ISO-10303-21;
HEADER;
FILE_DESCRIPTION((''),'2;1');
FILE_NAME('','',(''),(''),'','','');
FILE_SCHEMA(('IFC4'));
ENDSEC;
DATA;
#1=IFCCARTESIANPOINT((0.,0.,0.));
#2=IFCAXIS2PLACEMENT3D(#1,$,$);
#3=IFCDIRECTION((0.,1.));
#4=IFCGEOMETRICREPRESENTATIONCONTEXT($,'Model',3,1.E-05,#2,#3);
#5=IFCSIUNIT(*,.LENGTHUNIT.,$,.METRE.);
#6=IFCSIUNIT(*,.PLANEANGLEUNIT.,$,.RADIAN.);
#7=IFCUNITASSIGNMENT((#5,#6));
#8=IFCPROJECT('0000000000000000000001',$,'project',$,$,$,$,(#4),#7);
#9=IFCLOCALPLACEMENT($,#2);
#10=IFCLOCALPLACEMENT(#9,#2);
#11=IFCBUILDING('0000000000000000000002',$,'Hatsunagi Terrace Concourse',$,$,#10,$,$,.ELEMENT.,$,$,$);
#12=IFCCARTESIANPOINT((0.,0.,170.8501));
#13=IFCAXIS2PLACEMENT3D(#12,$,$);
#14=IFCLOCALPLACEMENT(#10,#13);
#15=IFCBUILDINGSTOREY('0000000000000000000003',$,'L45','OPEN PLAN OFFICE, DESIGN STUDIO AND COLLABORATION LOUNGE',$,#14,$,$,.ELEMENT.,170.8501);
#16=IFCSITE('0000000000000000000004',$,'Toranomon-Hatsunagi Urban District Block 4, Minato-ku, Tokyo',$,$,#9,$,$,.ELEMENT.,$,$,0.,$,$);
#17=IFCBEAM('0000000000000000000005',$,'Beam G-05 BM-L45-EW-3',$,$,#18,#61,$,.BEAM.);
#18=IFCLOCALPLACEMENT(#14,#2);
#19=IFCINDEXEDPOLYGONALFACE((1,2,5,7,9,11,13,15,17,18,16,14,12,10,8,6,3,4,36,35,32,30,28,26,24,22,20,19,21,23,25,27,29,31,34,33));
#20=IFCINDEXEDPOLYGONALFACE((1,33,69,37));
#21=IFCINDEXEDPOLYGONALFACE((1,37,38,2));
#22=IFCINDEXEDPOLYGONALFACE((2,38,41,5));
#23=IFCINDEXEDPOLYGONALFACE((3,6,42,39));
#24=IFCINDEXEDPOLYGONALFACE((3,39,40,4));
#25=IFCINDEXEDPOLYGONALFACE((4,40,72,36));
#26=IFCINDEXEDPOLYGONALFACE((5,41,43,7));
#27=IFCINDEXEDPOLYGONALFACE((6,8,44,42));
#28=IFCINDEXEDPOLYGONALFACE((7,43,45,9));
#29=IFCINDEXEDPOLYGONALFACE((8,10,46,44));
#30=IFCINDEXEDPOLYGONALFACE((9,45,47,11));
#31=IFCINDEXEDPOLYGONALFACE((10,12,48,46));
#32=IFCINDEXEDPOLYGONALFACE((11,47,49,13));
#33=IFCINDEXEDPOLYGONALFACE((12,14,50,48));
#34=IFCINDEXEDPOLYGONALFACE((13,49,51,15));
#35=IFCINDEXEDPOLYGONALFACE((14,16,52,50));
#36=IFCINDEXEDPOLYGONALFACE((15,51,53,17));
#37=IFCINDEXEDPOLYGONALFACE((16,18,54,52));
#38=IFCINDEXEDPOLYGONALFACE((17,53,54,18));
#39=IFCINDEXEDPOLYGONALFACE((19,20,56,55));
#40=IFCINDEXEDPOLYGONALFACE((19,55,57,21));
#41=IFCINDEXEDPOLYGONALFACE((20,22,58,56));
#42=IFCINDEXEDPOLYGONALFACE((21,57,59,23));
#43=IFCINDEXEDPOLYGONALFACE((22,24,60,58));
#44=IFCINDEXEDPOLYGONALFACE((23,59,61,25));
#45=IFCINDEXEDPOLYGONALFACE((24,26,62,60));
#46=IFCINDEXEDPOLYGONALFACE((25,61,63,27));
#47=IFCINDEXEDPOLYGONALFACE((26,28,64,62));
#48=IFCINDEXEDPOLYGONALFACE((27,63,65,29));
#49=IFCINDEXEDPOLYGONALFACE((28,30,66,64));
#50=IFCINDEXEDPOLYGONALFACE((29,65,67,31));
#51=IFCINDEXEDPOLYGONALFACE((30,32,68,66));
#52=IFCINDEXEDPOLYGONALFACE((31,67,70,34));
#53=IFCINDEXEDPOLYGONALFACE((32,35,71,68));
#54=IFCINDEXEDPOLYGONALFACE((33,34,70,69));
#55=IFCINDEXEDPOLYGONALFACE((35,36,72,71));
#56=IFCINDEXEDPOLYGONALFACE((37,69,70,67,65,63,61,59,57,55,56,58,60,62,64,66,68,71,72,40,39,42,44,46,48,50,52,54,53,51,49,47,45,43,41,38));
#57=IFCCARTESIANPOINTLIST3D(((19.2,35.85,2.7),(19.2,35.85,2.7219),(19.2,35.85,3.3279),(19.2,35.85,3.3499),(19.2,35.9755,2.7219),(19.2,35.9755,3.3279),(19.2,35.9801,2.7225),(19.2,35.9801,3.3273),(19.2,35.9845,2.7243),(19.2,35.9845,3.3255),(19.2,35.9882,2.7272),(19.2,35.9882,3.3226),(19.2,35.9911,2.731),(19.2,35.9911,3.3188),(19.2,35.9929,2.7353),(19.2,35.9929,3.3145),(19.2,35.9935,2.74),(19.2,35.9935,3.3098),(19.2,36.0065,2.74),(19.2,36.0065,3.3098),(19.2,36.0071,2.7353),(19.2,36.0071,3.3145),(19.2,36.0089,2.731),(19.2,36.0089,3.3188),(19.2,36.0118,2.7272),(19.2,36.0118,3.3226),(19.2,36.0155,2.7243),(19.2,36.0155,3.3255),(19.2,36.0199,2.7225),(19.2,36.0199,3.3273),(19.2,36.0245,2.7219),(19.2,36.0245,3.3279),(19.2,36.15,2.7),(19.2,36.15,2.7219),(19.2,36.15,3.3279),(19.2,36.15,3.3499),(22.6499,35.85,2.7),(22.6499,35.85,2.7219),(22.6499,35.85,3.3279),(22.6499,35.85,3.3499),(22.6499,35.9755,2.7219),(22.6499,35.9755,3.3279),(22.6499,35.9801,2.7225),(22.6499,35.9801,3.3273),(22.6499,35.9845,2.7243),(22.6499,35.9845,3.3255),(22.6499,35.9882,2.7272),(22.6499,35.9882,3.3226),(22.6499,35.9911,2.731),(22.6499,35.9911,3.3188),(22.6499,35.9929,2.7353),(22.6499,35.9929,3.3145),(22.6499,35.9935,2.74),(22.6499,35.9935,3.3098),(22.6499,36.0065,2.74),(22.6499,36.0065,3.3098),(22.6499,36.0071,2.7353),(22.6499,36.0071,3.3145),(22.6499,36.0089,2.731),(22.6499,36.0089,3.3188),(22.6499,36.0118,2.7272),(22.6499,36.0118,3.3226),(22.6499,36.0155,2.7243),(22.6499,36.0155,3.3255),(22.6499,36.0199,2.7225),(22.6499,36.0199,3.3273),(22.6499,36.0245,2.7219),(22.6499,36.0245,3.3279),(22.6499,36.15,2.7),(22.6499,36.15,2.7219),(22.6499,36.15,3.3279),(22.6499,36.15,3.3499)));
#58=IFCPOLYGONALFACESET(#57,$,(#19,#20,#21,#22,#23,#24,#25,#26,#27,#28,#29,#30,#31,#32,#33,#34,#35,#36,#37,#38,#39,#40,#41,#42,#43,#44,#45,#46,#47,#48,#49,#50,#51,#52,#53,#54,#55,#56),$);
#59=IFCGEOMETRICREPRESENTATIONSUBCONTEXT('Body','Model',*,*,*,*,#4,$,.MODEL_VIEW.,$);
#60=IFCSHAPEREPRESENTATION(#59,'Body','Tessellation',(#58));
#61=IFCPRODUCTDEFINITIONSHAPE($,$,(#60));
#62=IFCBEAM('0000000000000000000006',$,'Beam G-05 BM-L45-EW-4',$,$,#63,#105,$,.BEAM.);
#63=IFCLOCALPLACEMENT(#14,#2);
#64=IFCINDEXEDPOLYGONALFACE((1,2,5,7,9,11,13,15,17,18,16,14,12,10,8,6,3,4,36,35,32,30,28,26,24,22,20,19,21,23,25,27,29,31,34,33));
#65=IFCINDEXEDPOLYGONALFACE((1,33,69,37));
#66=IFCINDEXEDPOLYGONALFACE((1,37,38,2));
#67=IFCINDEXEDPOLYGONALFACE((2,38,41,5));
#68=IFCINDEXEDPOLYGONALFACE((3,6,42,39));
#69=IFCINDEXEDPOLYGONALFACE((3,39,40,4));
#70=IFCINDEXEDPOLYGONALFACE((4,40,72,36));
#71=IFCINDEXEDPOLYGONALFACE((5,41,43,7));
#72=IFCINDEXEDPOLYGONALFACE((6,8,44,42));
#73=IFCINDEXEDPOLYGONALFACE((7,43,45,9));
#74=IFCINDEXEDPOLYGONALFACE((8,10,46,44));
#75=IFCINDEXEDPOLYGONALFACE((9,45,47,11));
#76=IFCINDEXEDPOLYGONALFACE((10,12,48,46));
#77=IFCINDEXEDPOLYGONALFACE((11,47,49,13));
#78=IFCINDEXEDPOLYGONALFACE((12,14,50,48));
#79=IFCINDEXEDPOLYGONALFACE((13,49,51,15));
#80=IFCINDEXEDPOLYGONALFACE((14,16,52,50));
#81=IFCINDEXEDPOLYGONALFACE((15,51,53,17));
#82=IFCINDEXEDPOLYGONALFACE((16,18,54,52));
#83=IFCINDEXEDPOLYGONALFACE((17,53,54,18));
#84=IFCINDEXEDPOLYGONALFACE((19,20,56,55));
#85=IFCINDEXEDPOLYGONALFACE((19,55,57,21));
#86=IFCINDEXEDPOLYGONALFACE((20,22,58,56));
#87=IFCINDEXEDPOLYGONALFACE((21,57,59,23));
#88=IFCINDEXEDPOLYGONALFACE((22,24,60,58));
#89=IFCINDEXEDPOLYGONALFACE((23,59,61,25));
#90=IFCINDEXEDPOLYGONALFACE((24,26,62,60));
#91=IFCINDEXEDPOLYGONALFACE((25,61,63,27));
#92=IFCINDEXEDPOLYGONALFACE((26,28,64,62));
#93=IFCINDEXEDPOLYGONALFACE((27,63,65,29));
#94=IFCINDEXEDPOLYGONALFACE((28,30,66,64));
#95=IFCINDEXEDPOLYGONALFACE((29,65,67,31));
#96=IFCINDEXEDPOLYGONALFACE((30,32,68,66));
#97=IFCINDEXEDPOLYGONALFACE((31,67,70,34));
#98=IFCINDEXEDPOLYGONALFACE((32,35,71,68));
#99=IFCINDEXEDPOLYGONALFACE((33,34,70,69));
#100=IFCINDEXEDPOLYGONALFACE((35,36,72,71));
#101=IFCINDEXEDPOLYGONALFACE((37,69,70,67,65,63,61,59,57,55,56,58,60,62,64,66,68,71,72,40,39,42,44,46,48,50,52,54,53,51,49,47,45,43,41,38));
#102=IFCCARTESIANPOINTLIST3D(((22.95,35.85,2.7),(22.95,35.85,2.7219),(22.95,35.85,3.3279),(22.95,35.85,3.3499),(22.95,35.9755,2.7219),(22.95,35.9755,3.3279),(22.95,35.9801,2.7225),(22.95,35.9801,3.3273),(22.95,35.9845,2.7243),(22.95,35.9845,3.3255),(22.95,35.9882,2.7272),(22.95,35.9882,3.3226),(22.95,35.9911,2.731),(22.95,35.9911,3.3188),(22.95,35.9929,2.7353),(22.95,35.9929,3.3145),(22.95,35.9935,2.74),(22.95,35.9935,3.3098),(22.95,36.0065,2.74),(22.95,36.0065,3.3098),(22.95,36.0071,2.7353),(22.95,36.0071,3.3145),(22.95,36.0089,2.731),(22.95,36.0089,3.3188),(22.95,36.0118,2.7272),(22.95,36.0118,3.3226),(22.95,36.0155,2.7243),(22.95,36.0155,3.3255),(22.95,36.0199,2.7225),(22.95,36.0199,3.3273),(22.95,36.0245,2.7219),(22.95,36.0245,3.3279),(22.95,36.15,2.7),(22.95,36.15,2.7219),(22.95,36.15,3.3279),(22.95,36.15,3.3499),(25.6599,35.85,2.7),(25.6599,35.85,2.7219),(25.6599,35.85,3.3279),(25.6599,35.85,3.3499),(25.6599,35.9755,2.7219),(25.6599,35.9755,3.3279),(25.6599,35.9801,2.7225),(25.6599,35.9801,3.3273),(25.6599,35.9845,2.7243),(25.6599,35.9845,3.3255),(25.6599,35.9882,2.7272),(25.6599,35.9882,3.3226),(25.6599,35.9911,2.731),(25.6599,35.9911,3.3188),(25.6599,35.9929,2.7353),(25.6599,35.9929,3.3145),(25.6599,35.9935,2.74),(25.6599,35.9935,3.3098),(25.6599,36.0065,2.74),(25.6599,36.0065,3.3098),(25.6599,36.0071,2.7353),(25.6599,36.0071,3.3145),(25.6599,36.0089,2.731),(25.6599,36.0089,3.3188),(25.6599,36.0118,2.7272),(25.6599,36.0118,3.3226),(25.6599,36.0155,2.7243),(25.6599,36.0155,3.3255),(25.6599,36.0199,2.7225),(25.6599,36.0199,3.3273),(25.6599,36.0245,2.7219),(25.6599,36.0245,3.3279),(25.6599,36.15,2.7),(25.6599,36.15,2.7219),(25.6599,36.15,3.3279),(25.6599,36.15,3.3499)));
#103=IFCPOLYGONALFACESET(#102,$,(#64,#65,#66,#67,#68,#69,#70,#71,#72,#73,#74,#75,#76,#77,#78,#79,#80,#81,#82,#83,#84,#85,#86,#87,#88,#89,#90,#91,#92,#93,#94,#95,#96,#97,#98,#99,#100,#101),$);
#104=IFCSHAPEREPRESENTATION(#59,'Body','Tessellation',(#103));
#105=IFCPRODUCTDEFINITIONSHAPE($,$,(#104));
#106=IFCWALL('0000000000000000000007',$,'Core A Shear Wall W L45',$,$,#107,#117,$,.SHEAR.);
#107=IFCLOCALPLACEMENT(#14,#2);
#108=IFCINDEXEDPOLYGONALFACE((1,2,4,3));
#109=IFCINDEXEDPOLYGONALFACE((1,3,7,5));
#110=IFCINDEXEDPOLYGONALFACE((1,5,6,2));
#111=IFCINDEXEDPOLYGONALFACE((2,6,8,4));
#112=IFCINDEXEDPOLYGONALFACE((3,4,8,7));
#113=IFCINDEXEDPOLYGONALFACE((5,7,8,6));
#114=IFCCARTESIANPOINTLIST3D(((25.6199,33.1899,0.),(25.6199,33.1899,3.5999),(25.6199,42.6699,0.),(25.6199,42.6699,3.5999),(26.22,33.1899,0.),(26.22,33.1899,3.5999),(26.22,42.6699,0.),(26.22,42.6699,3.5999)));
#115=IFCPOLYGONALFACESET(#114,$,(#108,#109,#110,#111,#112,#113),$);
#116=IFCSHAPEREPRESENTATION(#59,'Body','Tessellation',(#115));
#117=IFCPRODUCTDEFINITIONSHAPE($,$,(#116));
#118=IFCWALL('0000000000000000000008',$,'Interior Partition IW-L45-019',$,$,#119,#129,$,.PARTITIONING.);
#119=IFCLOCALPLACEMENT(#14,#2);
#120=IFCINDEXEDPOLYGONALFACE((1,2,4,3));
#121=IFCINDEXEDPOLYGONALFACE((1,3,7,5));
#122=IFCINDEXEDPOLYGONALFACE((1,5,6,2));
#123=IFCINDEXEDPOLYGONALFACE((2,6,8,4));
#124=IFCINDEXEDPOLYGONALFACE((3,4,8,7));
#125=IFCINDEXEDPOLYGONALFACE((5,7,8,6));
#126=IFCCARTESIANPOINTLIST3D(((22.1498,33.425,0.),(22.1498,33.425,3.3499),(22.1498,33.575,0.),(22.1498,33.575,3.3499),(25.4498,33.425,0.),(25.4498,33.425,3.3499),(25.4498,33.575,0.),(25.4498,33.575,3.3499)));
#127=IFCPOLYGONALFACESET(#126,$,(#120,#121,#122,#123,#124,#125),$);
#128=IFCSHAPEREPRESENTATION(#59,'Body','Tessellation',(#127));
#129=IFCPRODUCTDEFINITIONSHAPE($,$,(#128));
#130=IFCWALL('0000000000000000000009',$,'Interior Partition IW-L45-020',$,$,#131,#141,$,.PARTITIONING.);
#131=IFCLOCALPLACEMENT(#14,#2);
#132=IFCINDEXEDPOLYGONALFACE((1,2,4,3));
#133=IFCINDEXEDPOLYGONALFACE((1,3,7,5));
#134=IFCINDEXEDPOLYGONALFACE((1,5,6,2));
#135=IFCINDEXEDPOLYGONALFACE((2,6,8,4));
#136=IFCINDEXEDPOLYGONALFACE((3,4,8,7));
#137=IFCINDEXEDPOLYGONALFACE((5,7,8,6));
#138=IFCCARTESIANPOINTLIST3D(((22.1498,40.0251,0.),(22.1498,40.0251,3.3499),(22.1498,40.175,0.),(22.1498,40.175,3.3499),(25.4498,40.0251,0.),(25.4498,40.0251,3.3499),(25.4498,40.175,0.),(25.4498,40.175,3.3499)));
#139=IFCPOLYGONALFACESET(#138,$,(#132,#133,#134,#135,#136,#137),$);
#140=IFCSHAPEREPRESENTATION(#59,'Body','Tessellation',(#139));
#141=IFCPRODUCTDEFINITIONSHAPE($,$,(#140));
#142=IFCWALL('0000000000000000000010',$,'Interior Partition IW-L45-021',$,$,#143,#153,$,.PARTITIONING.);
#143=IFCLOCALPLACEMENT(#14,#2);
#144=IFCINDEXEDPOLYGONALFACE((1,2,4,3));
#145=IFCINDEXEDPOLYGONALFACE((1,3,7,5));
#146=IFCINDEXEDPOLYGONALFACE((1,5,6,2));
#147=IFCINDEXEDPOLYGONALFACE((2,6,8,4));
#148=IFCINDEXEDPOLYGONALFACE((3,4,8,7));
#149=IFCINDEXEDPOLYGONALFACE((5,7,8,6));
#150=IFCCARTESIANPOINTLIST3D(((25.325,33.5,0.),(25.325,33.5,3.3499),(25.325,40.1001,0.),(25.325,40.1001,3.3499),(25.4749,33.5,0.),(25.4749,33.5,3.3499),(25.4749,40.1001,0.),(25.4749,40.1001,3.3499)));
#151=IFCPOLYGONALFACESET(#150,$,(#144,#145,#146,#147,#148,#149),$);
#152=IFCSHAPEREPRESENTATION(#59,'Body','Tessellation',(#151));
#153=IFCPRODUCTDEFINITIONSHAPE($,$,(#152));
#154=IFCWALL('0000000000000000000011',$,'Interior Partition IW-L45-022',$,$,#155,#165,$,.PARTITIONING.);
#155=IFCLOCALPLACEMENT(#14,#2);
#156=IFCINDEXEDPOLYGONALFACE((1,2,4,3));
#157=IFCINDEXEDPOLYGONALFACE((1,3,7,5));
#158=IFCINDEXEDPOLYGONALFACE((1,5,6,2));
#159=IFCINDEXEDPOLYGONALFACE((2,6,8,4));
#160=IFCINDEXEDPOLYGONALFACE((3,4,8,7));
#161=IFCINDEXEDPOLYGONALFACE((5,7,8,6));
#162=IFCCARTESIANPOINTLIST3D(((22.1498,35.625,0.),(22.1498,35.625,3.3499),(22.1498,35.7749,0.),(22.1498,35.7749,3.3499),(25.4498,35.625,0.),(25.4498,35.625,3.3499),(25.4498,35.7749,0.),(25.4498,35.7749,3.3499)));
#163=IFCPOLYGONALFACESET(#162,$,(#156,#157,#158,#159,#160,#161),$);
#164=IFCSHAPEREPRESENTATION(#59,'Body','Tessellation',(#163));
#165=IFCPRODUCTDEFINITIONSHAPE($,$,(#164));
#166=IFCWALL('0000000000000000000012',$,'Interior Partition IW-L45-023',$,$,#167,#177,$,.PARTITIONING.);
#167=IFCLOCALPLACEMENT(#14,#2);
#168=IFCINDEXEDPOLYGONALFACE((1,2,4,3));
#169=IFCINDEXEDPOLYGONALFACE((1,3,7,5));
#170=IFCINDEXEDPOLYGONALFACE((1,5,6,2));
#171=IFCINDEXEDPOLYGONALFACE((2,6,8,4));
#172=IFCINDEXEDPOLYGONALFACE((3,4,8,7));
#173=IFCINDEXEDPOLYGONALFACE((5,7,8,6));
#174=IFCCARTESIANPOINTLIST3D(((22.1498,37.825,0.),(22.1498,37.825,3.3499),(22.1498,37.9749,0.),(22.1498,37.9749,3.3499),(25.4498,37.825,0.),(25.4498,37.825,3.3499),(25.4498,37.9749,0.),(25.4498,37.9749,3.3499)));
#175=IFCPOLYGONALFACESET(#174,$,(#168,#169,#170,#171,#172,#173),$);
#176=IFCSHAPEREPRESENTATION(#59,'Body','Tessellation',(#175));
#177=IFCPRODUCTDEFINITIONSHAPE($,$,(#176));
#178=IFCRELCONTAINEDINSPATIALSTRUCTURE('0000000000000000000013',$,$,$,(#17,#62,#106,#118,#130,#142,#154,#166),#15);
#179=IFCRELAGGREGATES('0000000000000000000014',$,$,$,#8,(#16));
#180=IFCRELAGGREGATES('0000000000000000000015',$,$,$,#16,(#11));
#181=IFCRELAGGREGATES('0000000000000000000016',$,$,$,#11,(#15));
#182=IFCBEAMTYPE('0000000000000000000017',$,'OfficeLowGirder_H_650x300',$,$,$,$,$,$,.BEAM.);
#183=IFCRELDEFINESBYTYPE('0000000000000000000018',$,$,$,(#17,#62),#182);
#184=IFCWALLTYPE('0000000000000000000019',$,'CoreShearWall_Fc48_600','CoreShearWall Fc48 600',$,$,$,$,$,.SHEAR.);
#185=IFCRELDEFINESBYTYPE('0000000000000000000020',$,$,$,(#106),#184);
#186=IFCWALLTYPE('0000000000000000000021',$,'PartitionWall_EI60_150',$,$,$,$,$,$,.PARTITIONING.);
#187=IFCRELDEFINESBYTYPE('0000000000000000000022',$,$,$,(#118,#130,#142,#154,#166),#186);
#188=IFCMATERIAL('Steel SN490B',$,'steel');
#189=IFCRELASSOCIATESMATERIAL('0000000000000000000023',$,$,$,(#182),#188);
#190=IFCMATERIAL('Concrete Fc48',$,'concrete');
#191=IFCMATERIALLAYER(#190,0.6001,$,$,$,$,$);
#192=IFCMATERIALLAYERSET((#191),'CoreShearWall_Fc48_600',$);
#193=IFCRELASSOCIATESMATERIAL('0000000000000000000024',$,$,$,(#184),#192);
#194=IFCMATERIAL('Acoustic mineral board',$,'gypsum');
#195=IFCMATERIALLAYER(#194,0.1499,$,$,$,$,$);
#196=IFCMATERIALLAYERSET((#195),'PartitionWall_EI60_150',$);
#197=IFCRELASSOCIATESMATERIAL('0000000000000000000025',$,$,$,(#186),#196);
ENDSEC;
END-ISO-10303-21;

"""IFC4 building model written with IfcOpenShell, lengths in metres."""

from ifc_helpers import new_model, si_unit, direction, frame, frame_2d, origin, origin_2d, place, context, subcontext, project, spatial, rectangle, i_section, extrude, material, layer, layer_set, material_profile, profile_set, type_object, element, save


model = new_model("IFC4")

# Units and contexts
model_context = context("Model", 3, precision=1e-05, world=origin(), true_north=direction((0.0, 1.0)))
body_context = subcontext(model_context, "Body", "Model", "MODEL_VIEW")
ifc_project = project(units=[si_unit("LENGTHUNIT", "METRE"), si_unit("PLANEANGLEUNIT", "RADIAN")], contexts=[model_context])

# Site, building, storey
site_placement = place(None, origin())
site = spatial("IfcSite", under=ifc_project, at=site_placement, Name="Toranomon-Hatsunagi Urban District Block 4, Minato-ku, Tokyo", CompositionType="ELEMENT", RefElevation=0.0)
building_placement = place(site_placement, origin())
building = spatial("IfcBuilding", under=site, at=building_placement, Name="Hatsunagi Terrace Concourse", CompositionType="ELEMENT")
storey_placement = place(building_placement, frame((0.0, 0.0, 170.8501)))
storey = spatial("IfcBuildingStorey", under=building, at=storey_placement, Name="L45", Description="OPEN PLAN OFFICE, DESIGN STUDIO AND COLLABORATION LOUNGE", CompositionType="ELEMENT", Elevation=170.8501)

# Beams
ifc_material_1 = material(Name="Steel SN490B", Category="steel")
ifc_material_profile_1 = material_profile(ifc_material_1, i_section(OverallWidth=0.3, OverallDepth=0.6499, WebThickness=0.0129, FlangeThickness=0.022, FilletRadius=0.0181, at=origin_2d()), Name="H-650x300x13x22")
ifc_profile_set_1 = profile_set([ifc_material_profile_1], Name="Steel SN490B")
beam_type_1 = type_object("IfcBeamType", Name="OfficeLowGirder_H_650x300", PredefinedType="BEAM", material=ifc_profile_set_1)
beam_1_placement = place(storey_placement, frame((19.2, 36.0, 3.0249), z_axis=(1.0, 0.0, 0.0), x_axis=(0.0, 1.0, 0.0)))
element("IfcBeam", 1, at=beam_1_placement, inside=storey, type_object=beam_type_1, Name="Beam G-05 BM-L45-EW-3", PredefinedType="BEAM", context=body_context, shape_type="SweptSolid", body=[
    extrude(i_section(OverallWidth=0.3, OverallDepth=0.6499, WebThickness=0.0129, FlangeThickness=0.022, FilletRadius=0.0181, at=origin_2d()), origin(), (0.0, 0.0, 1.0), 3.45),
])
beam_2_placement = place(storey_placement, frame((22.95, 36.0, 3.0249), z_axis=(1.0, 0.0, 0.0), x_axis=(0.0, 1.0, 0.0)))
element("IfcBeam", 2, at=beam_2_placement, inside=storey, type_object=beam_type_1, Name="Beam G-05 BM-L45-EW-4", PredefinedType="BEAM", context=body_context, shape_type="SweptSolid", body=[
    extrude(i_section(OverallWidth=0.3, OverallDepth=0.6499, WebThickness=0.0129, FlangeThickness=0.022, FilletRadius=0.0181, at=origin_2d()), origin(), (0.0, 0.0, 1.0), 2.71),
])

# Shared definitions
ifc_material_2 = material(Name="Concrete Fc48", Category="concrete")
ifc_layer_1 = layer(ifc_material_2, 0.6001)
ifc_layer_set_1 = layer_set([ifc_layer_1], Name="CoreShearWall_Fc48_600")
wall_type_1 = type_object("IfcWallType", Name="CoreShearWall_Fc48_600", Description="CoreShearWall Fc48 600", PredefinedType="SHEAR", material=ifc_layer_set_1)

# Walls
wall_1_placement = place(storey_placement, frame((25.9199, 33.1899, 0.0), z_axis=(0.0, 0.0, 1.0), x_axis=(0.0, 1.0, 0.0)))
element("IfcWall", 3, at=wall_1_placement, inside=storey, type_object=wall_type_1, Name="Core A Shear Wall W L45", PredefinedType="SHEAR", context=body_context, shape_type="SweptSolid", body=[
    extrude(rectangle(XDim=9.48, YDim=0.6001, at=frame_2d((4.74, 0.0))), origin(), (0.0, 0.0, 1.0), 3.5999),
])
ifc_material_3 = material(Name="Acoustic mineral board", Category="gypsum")
ifc_layer_2 = layer(ifc_material_3, 0.1499)
ifc_layer_set_2 = layer_set([ifc_layer_2], Name="PartitionWall_EI60_150")
wall_type_2 = type_object("IfcWallType", Name="PartitionWall_EI60_150", PredefinedType="PARTITIONING", material=ifc_layer_set_2)
for number, where, z_axis, x_axis, name in (
    (4, (22.1499, 33.5, 0.0), (0.0, 0.0, 1.0), (1.0, 0.0, 0.0), "Interior Partition IW-L45-019"),
    (5, (22.1499, 40.1001, 0.0), (0.0, 0.0, 1.0), (1.0, 0.0, 0.0), "Interior Partition IW-L45-020"),
):
    element("IfcWall", number, at=place(storey_placement, frame(where, z_axis=z_axis, x_axis=x_axis)), inside=storey, type_object=wall_type_2, Name=name, PredefinedType="PARTITIONING", context=body_context, shape_type="SweptSolid", body=[
        extrude(rectangle(XDim=3.3, YDim=0.1499, at=frame_2d((1.6499, 0.0))), origin(), (0.0, 0.0, 1.0), 3.3499),
    ])
wall_2_placement = place(storey_placement, frame((25.3999, 33.5, 0.0), z_axis=(0.0, 0.0, 1.0), x_axis=(0.0, 1.0, 0.0)))
element("IfcWall", 6, at=wall_2_placement, inside=storey, type_object=wall_type_2, Name="Interior Partition IW-L45-021", PredefinedType="PARTITIONING", context=body_context, shape_type="SweptSolid", body=[
    extrude(rectangle(XDim=6.6001, YDim=0.1499, at=frame_2d((3.3, 0.0))), origin(), (0.0, 0.0, 1.0), 3.3499),
])
for number, where, z_axis, x_axis, name in (
    (7, (22.1499, 35.7, 0.0), (0.0, 0.0, 1.0), (1.0, 0.0, 0.0), "Interior Partition IW-L45-022"),
    (8, (22.1499, 37.8999, 0.0), (0.0, 0.0, 1.0), (1.0, 0.0, 0.0), "Interior Partition IW-L45-023"),
):
    element("IfcWall", number, at=place(storey_placement, frame(where, z_axis=z_axis, x_axis=x_axis)), inside=storey, type_object=wall_type_2, Name=name, PredefinedType="PARTITIONING", context=body_context, shape_type="SweptSolid", body=[
        extrude(rectangle(XDim=3.3, YDim=0.1499, at=frame_2d((1.6499, 0.0))), origin(), (0.0, 0.0, 1.0), 3.3499),
    ])

save(model, "model.ifc")
